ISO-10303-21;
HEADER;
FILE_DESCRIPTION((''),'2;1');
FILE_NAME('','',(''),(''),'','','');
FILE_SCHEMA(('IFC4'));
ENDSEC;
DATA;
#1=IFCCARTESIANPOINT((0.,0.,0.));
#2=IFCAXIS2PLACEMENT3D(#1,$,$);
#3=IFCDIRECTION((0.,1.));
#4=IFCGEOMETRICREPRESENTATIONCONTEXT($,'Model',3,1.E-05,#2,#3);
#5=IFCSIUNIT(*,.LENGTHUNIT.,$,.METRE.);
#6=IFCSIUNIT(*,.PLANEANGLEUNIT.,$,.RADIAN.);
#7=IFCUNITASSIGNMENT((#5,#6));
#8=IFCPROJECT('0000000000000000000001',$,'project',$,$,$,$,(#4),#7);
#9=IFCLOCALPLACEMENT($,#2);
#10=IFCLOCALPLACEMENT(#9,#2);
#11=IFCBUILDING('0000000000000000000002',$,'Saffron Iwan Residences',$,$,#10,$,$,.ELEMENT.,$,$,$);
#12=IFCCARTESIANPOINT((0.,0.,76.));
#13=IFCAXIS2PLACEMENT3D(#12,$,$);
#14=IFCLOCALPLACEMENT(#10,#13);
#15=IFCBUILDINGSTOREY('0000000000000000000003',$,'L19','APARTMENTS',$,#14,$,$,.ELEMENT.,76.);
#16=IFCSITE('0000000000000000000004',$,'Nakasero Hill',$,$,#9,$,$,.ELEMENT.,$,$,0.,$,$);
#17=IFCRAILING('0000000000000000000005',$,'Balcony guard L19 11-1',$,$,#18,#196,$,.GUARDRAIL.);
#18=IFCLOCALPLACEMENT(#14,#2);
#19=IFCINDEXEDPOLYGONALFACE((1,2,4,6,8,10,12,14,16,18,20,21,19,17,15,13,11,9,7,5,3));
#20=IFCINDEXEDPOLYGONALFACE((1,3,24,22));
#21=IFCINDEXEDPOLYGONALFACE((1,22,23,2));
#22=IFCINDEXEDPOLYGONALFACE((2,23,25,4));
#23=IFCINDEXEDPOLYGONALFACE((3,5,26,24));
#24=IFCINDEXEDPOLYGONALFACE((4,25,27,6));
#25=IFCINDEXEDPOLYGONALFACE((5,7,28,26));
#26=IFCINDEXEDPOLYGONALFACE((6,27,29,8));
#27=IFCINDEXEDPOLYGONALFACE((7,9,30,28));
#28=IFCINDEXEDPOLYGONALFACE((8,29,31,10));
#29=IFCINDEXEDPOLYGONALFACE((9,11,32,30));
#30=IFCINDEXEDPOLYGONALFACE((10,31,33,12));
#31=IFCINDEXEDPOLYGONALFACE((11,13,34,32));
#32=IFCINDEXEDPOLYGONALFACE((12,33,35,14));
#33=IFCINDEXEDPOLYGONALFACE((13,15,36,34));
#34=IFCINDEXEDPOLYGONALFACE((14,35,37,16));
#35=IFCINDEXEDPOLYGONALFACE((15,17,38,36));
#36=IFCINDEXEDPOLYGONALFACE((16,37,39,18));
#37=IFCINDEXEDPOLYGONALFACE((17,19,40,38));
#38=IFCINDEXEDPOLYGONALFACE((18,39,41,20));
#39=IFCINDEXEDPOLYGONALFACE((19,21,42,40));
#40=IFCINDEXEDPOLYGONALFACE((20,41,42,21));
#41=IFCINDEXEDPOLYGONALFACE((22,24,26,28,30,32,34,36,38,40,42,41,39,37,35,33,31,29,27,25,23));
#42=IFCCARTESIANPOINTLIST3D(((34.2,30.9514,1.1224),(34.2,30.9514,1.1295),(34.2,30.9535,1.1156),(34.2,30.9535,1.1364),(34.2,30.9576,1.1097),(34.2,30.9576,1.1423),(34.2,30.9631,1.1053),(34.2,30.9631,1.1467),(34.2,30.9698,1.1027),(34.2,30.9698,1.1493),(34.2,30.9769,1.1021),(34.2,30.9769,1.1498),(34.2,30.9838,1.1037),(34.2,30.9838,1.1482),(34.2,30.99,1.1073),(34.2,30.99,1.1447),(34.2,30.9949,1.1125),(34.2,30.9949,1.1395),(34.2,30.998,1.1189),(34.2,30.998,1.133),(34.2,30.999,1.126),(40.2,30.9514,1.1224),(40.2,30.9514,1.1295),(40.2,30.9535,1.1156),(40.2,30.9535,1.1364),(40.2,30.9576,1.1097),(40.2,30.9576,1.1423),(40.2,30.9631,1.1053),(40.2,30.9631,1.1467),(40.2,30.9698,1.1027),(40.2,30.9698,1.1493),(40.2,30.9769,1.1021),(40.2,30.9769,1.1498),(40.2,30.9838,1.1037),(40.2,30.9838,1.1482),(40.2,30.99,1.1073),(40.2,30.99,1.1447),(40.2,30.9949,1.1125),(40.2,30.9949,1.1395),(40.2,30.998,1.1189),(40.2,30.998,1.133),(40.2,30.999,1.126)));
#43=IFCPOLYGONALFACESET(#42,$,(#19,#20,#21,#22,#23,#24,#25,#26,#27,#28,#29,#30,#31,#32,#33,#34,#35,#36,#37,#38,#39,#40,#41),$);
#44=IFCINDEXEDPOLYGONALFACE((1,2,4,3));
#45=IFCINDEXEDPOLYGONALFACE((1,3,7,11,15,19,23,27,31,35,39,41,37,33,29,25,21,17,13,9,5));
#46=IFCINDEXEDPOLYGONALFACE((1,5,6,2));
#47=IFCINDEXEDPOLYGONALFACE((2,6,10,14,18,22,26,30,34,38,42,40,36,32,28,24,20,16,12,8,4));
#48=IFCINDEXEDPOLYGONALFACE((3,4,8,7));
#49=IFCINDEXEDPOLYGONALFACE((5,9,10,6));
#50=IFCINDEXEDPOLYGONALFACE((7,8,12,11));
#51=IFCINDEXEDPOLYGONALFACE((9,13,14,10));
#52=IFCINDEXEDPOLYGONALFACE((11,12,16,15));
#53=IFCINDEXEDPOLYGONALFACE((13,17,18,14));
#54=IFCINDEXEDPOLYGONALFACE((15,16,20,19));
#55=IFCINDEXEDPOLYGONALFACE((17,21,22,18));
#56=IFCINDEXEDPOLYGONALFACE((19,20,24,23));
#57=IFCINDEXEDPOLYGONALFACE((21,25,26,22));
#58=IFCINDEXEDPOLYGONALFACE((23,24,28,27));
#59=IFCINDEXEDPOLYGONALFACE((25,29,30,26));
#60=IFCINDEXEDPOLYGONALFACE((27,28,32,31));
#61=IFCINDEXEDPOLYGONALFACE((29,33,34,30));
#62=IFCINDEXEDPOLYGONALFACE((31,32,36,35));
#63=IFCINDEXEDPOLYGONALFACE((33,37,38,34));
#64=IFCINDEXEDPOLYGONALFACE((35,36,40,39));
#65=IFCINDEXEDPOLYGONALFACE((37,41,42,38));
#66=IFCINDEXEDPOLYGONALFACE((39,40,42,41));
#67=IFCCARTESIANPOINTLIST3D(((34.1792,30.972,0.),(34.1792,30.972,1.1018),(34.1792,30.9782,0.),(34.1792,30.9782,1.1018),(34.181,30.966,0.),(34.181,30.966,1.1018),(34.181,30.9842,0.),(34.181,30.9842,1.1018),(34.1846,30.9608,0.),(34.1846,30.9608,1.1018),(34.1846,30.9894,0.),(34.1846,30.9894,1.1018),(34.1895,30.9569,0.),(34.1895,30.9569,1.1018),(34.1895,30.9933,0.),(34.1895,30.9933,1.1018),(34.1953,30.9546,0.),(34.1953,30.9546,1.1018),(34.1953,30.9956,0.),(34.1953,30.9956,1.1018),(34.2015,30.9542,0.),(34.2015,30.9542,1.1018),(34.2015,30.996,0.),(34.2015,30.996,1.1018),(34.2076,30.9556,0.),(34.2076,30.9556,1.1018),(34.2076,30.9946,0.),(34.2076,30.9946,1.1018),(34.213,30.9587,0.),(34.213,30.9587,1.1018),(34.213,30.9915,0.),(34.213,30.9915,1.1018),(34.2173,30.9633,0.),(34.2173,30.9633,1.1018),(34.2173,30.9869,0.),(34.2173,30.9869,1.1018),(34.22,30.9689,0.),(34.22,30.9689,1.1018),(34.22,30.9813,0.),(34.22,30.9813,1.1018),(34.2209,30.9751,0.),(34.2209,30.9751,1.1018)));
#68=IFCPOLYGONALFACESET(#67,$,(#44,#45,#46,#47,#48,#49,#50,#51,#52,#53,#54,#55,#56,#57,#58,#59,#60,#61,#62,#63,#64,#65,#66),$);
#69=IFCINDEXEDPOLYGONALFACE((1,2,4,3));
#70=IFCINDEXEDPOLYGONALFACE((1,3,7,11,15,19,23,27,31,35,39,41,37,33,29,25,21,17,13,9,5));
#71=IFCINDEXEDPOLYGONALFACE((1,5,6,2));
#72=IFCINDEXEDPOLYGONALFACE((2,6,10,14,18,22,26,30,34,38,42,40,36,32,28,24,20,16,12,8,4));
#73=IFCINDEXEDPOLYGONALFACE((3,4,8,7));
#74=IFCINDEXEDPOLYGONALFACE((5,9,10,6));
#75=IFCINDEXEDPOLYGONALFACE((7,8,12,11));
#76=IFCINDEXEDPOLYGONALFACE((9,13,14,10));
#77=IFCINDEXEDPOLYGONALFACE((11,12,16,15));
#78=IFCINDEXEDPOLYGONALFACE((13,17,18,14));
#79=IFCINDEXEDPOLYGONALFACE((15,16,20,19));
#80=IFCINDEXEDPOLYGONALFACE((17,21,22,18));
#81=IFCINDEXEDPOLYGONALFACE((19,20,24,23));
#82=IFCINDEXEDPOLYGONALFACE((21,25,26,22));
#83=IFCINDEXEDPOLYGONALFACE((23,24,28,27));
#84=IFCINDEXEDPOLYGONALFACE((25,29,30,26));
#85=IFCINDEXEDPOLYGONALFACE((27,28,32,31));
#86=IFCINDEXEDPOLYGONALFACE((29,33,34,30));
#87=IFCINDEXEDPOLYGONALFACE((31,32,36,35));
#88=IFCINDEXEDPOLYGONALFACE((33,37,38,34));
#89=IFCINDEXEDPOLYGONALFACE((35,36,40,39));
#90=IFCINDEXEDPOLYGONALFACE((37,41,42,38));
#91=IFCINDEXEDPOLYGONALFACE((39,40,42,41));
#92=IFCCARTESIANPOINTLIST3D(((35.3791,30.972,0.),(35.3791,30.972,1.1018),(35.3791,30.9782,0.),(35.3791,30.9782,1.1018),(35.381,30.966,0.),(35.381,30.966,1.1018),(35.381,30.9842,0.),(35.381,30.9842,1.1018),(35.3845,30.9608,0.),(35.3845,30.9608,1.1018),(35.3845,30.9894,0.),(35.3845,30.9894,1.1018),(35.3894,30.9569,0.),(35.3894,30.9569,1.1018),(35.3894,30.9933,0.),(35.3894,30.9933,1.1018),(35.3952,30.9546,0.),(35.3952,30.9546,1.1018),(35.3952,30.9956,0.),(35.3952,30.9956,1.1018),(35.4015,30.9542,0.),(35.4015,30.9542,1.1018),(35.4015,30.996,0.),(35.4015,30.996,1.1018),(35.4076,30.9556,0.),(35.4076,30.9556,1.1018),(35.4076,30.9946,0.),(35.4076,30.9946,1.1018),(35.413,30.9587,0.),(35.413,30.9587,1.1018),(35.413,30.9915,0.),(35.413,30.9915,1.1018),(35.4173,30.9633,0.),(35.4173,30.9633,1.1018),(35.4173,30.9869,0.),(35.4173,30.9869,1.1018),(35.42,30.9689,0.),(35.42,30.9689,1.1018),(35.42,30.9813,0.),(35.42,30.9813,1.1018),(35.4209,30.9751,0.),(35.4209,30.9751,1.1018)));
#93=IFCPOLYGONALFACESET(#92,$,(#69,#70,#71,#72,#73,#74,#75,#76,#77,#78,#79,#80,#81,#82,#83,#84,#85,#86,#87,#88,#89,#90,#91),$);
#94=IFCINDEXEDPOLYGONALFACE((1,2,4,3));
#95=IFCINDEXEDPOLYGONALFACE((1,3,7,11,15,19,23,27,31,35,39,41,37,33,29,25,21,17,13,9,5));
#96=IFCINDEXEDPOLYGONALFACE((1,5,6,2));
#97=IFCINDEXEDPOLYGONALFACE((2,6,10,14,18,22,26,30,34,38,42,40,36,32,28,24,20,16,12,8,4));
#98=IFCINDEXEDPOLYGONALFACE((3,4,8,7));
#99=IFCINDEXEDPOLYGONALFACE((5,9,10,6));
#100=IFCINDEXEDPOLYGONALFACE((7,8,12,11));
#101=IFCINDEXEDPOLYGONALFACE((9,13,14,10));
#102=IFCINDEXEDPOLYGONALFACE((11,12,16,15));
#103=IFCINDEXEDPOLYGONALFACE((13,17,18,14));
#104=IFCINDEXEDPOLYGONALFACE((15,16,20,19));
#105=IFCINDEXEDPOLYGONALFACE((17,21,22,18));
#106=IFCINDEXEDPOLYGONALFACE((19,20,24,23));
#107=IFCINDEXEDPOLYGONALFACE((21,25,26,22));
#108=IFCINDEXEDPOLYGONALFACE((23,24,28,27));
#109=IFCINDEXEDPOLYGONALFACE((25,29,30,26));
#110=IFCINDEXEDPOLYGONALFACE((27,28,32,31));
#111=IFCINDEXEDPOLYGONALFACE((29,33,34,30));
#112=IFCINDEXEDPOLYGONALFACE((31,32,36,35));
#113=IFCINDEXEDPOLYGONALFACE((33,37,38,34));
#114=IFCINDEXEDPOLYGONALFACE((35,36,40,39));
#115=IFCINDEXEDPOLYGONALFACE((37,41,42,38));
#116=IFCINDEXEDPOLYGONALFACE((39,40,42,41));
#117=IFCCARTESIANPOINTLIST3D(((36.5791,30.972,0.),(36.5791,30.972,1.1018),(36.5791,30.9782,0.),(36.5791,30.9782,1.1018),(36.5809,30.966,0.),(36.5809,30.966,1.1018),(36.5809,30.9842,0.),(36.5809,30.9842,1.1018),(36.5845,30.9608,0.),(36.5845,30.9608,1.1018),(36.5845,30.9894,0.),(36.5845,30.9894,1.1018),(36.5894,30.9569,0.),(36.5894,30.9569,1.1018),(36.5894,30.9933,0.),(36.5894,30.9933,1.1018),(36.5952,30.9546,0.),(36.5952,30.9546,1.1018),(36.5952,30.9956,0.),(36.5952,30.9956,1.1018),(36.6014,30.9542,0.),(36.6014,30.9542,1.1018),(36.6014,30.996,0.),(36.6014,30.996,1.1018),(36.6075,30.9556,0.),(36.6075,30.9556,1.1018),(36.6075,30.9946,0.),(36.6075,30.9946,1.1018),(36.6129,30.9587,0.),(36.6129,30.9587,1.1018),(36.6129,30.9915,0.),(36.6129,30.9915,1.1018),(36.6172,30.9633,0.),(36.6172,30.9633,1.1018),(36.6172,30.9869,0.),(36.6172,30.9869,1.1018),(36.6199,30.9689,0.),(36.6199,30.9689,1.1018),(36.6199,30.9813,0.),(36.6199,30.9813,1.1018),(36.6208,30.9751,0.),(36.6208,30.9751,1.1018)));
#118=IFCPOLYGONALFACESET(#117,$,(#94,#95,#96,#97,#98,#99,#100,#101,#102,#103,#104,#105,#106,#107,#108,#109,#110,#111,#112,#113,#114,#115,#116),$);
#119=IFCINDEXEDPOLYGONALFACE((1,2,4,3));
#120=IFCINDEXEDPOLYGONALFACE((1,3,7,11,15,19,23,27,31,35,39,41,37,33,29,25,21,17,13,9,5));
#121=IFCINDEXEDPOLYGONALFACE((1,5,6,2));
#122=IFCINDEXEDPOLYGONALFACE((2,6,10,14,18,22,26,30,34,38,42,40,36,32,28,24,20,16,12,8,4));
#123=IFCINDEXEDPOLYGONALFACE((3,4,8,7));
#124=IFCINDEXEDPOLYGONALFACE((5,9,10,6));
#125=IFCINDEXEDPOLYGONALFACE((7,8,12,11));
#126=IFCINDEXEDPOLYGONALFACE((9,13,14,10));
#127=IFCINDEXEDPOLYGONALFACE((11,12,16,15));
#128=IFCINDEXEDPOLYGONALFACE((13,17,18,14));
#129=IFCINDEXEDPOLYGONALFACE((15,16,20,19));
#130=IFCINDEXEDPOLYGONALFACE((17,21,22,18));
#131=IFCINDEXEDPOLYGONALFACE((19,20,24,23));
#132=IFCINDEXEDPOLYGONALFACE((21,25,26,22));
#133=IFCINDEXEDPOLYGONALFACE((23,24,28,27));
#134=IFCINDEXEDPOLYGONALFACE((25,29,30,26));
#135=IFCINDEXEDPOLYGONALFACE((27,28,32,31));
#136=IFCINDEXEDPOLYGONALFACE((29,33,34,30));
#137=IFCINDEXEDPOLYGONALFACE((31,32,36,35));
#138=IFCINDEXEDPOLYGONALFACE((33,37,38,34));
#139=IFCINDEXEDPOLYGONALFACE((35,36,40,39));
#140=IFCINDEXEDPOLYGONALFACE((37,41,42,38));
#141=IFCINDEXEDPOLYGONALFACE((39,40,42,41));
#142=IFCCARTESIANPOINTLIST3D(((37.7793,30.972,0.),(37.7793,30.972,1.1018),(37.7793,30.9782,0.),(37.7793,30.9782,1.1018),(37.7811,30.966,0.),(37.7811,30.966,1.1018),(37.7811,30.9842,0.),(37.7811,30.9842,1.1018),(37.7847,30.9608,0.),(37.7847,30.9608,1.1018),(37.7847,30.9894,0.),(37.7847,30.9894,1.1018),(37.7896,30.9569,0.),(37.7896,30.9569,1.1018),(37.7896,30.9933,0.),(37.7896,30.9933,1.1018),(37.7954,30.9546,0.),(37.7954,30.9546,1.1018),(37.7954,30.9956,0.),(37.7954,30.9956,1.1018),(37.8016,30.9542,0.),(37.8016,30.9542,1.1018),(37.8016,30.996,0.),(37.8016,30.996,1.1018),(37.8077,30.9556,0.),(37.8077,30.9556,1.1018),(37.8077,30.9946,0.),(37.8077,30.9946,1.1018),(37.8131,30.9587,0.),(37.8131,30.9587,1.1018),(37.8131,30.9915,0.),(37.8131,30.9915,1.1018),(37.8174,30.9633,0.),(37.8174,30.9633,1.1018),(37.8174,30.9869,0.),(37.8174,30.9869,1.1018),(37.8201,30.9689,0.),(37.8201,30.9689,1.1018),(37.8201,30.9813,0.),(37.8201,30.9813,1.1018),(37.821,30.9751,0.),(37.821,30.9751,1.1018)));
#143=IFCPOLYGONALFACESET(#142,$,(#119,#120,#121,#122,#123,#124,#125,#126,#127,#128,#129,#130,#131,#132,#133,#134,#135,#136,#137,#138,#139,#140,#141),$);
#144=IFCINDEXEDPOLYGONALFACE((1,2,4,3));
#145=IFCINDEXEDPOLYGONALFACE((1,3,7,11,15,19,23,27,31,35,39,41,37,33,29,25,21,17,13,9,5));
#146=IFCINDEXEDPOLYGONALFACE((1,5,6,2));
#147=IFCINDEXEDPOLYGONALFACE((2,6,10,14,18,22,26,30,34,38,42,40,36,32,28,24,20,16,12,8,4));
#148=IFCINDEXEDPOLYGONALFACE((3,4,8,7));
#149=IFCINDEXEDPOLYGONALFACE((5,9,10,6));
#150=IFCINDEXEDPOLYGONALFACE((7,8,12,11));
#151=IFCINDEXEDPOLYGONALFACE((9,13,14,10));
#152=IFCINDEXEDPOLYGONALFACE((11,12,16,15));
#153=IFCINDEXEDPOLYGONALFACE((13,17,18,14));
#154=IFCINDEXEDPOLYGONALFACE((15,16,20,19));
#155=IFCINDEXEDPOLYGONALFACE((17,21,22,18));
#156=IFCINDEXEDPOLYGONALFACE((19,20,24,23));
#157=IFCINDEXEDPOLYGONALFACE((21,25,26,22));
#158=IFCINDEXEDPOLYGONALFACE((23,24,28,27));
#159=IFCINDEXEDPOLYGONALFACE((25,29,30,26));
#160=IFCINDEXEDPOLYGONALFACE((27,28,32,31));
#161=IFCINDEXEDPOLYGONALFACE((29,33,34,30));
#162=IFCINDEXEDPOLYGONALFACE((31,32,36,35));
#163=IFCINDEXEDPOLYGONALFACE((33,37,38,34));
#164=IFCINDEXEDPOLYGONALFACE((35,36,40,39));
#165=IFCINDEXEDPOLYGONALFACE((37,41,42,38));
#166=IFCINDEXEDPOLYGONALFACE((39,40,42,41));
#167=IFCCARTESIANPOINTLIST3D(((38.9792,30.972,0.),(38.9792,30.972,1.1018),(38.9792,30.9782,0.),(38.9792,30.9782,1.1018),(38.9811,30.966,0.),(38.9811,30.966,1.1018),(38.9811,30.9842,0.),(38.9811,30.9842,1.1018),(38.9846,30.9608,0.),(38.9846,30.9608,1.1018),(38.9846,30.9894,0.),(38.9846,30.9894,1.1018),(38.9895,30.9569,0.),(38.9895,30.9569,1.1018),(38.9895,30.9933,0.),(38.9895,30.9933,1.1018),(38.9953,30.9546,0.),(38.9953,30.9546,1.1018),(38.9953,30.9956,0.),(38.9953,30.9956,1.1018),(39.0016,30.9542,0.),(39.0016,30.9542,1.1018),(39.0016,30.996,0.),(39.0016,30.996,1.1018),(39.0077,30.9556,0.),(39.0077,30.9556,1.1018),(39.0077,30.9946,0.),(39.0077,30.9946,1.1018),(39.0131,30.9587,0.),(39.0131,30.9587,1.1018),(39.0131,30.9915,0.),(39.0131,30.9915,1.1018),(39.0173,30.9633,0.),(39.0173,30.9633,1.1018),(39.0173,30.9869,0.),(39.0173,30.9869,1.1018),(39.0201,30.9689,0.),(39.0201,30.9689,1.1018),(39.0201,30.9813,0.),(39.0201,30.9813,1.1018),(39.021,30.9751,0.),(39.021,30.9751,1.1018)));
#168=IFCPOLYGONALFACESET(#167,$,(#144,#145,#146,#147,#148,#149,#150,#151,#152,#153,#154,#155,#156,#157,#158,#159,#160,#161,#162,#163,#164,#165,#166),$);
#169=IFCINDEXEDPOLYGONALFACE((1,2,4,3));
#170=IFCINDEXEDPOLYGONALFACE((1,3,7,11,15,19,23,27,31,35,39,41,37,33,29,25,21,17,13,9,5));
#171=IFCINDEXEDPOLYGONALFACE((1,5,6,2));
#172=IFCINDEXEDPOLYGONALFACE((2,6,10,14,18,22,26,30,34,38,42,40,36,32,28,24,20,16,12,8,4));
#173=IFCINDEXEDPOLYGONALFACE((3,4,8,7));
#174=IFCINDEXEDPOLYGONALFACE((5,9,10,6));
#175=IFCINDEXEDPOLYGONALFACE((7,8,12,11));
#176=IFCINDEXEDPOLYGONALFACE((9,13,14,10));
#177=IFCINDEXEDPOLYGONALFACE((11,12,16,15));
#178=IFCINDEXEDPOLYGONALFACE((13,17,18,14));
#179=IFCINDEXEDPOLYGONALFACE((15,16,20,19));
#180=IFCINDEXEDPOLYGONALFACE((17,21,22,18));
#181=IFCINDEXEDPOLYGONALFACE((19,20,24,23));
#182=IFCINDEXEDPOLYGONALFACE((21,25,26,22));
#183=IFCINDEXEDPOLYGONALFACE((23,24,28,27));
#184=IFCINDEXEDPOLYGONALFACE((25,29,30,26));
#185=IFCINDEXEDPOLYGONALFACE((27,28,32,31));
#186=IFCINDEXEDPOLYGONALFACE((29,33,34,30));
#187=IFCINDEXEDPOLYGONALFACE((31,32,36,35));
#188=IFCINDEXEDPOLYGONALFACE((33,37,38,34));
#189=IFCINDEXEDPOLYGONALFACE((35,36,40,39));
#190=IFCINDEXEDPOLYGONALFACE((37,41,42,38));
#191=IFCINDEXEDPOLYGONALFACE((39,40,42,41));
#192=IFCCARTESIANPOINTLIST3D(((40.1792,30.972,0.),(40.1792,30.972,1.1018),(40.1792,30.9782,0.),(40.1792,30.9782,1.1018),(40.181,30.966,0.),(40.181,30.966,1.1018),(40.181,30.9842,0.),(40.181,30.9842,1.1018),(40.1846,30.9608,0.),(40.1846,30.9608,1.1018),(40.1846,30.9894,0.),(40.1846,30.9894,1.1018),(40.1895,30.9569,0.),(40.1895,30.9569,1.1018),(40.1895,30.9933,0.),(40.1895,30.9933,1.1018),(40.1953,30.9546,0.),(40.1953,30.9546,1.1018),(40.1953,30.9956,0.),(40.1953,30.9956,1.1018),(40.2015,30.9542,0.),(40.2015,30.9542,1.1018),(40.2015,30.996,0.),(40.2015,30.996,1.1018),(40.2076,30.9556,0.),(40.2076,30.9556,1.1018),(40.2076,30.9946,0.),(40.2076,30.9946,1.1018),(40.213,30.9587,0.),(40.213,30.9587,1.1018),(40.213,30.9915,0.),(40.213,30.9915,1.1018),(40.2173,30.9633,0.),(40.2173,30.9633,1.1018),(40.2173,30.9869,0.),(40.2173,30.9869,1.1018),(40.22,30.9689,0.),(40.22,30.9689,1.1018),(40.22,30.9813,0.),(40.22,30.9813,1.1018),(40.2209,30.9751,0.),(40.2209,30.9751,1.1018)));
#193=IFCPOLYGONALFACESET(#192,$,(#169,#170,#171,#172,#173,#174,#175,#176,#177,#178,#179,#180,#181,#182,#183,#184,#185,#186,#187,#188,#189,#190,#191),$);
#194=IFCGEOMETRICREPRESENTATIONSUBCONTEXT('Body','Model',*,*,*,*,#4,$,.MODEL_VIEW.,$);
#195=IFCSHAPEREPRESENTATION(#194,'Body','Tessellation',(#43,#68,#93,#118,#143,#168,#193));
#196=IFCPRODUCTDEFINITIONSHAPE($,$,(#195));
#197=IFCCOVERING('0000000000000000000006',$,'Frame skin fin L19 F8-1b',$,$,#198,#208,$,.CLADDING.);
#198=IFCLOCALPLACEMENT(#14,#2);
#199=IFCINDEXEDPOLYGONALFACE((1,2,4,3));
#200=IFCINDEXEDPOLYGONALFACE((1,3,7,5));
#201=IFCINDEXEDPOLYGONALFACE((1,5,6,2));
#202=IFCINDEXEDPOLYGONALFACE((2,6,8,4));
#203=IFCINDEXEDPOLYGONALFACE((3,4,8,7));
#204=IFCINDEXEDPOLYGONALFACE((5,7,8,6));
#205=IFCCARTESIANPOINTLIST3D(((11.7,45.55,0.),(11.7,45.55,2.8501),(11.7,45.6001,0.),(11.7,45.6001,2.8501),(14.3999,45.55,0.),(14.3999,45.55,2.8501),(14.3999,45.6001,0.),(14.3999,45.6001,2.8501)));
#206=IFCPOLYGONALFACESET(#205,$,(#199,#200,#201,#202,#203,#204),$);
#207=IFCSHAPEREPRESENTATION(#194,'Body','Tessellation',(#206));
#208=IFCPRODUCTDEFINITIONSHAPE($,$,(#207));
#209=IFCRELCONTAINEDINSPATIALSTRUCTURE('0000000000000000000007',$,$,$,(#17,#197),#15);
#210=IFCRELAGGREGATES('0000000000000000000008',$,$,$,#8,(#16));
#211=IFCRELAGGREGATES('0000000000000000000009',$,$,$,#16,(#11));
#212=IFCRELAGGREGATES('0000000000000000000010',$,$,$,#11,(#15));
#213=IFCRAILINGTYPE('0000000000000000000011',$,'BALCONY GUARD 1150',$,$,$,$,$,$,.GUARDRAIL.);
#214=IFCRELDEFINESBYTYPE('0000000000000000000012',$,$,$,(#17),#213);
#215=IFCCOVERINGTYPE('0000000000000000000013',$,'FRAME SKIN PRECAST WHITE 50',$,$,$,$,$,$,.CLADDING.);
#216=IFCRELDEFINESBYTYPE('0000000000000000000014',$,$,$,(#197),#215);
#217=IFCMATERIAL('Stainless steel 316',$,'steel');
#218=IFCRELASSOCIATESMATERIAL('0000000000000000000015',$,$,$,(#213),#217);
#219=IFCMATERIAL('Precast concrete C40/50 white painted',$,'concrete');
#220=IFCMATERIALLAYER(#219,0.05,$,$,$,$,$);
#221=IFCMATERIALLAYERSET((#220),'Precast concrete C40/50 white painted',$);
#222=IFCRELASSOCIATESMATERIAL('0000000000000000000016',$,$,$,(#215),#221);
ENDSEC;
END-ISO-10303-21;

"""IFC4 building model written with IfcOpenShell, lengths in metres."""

from ifc_helpers import new_model, si_unit, direction, frame, origin, origin_2d, place, context, subcontext, project, spatial, polyline, circle, outline, extrude, material, layer, layer_set, type_object, element, save


model = new_model("IFC4")

# Units and contexts
model_context = context("Model", 3, precision=1e-05, world=origin(), true_north=direction((0.0, 1.0)))
body_context = subcontext(model_context, "Body", "Model", "MODEL_VIEW")
ifc_project = project(units=[si_unit("LENGTHUNIT", "METRE"), si_unit("PLANEANGLEUNIT", "RADIAN")], contexts=[model_context])

# Site, building, storey
site_placement = place(None, origin())
site = spatial("IfcSite", under=ifc_project, at=site_placement, Name="Nakasero Hill", CompositionType="ELEMENT", RefElevation=0.0)
building_placement = place(site_placement, origin())
building = spatial("IfcBuilding", under=site, at=building_placement, Name="Saffron Iwan Residences", CompositionType="ELEMENT")
storey_placement = place(building_placement, frame((0.0, 0.0, 76.0)))
storey = spatial("IfcBuildingStorey", under=building, at=storey_placement, Name="L19", Description="APARTMENTS", CompositionType="ELEMENT", Elevation=76.0)

# Railing
ifc_material_1 = material(Name="Stainless steel 316", Category="steel")
railing_type = type_object("IfcRailingType", Name="BALCONY GUARD 1150", PredefinedType="GUARDRAIL", material=ifc_material_1)
for number, where, name in (
    (1, (34.2, 30.9751, 0.0), "Balcony guard L19 11-1"),
):
    element("IfcRailing", number, at=place(storey_placement, frame(where)), inside=storey, type_object=railing_type, Name=name, PredefinedType="GUARDRAIL", context=body_context, shape_type="SweptSolid", body=[
        extrude(circle(Radius=0.0239, at=origin_2d()), frame((0.0, 0.0, 1.126), z_axis=(1.0, 0.0, 0.0), x_axis=(0.0, 1.0, 0.0)), (0.0, 0.0, 1.0), 6.0),
        extrude(circle(Radius=0.021, at=origin_2d()), origin(), (0.0, 0.0, 1.0), 1.1018),
        extrude(circle(Radius=0.021, at=origin_2d()), frame((1.2, 0.0, 0.0)), (0.0, 0.0, 1.0), 1.1018),
        extrude(circle(Radius=0.021, at=origin_2d()), frame((2.3999, 0.0, 0.0)), (0.0, 0.0, 1.0), 1.1018),
        extrude(circle(Radius=0.021, at=origin_2d()), frame((3.6001, 0.0, 0.0)), (0.0, 0.0, 1.0), 1.1018),
        extrude(circle(Radius=0.021, at=origin_2d()), frame((4.8, 0.0, 0.0)), (0.0, 0.0, 1.0), 1.1018),
        extrude(circle(Radius=0.021, at=origin_2d()), frame((6.0, 0.0, 0.0)), (0.0, 0.0, 1.0), 1.1018),
    ])

# Covering
ifc_material_2 = material(Name="Precast concrete C40/50 white painted", Category="concrete")
ifc_layer_1 = layer(ifc_material_2, 0.05)
ifc_layer_set_1 = layer_set([ifc_layer_1], Name="Precast concrete C40/50 white painted")
covering_type = type_object("IfcCoveringType", Name="FRAME SKIN PRECAST WHITE 50", PredefinedType="CLADDING", material=ifc_layer_set_1)
covering_1_placement = place(storey_placement, origin())
element("IfcCovering", 2, at=covering_1_placement, inside=storey, type_object=covering_type, Name="Frame skin fin L19 F8-1b", PredefinedType="CLADDING", context=body_context, shape_type="SweptSolid", body=[
    extrude(outline(polyline([(11.7, 45.6001), (11.7, 45.55), (14.3999, 45.55), (14.3999, 45.6001), (11.7, 45.6001)])), origin(), (0.0, 0.0, 1.0), 2.8501),
])

save(model, "model.ifc")
